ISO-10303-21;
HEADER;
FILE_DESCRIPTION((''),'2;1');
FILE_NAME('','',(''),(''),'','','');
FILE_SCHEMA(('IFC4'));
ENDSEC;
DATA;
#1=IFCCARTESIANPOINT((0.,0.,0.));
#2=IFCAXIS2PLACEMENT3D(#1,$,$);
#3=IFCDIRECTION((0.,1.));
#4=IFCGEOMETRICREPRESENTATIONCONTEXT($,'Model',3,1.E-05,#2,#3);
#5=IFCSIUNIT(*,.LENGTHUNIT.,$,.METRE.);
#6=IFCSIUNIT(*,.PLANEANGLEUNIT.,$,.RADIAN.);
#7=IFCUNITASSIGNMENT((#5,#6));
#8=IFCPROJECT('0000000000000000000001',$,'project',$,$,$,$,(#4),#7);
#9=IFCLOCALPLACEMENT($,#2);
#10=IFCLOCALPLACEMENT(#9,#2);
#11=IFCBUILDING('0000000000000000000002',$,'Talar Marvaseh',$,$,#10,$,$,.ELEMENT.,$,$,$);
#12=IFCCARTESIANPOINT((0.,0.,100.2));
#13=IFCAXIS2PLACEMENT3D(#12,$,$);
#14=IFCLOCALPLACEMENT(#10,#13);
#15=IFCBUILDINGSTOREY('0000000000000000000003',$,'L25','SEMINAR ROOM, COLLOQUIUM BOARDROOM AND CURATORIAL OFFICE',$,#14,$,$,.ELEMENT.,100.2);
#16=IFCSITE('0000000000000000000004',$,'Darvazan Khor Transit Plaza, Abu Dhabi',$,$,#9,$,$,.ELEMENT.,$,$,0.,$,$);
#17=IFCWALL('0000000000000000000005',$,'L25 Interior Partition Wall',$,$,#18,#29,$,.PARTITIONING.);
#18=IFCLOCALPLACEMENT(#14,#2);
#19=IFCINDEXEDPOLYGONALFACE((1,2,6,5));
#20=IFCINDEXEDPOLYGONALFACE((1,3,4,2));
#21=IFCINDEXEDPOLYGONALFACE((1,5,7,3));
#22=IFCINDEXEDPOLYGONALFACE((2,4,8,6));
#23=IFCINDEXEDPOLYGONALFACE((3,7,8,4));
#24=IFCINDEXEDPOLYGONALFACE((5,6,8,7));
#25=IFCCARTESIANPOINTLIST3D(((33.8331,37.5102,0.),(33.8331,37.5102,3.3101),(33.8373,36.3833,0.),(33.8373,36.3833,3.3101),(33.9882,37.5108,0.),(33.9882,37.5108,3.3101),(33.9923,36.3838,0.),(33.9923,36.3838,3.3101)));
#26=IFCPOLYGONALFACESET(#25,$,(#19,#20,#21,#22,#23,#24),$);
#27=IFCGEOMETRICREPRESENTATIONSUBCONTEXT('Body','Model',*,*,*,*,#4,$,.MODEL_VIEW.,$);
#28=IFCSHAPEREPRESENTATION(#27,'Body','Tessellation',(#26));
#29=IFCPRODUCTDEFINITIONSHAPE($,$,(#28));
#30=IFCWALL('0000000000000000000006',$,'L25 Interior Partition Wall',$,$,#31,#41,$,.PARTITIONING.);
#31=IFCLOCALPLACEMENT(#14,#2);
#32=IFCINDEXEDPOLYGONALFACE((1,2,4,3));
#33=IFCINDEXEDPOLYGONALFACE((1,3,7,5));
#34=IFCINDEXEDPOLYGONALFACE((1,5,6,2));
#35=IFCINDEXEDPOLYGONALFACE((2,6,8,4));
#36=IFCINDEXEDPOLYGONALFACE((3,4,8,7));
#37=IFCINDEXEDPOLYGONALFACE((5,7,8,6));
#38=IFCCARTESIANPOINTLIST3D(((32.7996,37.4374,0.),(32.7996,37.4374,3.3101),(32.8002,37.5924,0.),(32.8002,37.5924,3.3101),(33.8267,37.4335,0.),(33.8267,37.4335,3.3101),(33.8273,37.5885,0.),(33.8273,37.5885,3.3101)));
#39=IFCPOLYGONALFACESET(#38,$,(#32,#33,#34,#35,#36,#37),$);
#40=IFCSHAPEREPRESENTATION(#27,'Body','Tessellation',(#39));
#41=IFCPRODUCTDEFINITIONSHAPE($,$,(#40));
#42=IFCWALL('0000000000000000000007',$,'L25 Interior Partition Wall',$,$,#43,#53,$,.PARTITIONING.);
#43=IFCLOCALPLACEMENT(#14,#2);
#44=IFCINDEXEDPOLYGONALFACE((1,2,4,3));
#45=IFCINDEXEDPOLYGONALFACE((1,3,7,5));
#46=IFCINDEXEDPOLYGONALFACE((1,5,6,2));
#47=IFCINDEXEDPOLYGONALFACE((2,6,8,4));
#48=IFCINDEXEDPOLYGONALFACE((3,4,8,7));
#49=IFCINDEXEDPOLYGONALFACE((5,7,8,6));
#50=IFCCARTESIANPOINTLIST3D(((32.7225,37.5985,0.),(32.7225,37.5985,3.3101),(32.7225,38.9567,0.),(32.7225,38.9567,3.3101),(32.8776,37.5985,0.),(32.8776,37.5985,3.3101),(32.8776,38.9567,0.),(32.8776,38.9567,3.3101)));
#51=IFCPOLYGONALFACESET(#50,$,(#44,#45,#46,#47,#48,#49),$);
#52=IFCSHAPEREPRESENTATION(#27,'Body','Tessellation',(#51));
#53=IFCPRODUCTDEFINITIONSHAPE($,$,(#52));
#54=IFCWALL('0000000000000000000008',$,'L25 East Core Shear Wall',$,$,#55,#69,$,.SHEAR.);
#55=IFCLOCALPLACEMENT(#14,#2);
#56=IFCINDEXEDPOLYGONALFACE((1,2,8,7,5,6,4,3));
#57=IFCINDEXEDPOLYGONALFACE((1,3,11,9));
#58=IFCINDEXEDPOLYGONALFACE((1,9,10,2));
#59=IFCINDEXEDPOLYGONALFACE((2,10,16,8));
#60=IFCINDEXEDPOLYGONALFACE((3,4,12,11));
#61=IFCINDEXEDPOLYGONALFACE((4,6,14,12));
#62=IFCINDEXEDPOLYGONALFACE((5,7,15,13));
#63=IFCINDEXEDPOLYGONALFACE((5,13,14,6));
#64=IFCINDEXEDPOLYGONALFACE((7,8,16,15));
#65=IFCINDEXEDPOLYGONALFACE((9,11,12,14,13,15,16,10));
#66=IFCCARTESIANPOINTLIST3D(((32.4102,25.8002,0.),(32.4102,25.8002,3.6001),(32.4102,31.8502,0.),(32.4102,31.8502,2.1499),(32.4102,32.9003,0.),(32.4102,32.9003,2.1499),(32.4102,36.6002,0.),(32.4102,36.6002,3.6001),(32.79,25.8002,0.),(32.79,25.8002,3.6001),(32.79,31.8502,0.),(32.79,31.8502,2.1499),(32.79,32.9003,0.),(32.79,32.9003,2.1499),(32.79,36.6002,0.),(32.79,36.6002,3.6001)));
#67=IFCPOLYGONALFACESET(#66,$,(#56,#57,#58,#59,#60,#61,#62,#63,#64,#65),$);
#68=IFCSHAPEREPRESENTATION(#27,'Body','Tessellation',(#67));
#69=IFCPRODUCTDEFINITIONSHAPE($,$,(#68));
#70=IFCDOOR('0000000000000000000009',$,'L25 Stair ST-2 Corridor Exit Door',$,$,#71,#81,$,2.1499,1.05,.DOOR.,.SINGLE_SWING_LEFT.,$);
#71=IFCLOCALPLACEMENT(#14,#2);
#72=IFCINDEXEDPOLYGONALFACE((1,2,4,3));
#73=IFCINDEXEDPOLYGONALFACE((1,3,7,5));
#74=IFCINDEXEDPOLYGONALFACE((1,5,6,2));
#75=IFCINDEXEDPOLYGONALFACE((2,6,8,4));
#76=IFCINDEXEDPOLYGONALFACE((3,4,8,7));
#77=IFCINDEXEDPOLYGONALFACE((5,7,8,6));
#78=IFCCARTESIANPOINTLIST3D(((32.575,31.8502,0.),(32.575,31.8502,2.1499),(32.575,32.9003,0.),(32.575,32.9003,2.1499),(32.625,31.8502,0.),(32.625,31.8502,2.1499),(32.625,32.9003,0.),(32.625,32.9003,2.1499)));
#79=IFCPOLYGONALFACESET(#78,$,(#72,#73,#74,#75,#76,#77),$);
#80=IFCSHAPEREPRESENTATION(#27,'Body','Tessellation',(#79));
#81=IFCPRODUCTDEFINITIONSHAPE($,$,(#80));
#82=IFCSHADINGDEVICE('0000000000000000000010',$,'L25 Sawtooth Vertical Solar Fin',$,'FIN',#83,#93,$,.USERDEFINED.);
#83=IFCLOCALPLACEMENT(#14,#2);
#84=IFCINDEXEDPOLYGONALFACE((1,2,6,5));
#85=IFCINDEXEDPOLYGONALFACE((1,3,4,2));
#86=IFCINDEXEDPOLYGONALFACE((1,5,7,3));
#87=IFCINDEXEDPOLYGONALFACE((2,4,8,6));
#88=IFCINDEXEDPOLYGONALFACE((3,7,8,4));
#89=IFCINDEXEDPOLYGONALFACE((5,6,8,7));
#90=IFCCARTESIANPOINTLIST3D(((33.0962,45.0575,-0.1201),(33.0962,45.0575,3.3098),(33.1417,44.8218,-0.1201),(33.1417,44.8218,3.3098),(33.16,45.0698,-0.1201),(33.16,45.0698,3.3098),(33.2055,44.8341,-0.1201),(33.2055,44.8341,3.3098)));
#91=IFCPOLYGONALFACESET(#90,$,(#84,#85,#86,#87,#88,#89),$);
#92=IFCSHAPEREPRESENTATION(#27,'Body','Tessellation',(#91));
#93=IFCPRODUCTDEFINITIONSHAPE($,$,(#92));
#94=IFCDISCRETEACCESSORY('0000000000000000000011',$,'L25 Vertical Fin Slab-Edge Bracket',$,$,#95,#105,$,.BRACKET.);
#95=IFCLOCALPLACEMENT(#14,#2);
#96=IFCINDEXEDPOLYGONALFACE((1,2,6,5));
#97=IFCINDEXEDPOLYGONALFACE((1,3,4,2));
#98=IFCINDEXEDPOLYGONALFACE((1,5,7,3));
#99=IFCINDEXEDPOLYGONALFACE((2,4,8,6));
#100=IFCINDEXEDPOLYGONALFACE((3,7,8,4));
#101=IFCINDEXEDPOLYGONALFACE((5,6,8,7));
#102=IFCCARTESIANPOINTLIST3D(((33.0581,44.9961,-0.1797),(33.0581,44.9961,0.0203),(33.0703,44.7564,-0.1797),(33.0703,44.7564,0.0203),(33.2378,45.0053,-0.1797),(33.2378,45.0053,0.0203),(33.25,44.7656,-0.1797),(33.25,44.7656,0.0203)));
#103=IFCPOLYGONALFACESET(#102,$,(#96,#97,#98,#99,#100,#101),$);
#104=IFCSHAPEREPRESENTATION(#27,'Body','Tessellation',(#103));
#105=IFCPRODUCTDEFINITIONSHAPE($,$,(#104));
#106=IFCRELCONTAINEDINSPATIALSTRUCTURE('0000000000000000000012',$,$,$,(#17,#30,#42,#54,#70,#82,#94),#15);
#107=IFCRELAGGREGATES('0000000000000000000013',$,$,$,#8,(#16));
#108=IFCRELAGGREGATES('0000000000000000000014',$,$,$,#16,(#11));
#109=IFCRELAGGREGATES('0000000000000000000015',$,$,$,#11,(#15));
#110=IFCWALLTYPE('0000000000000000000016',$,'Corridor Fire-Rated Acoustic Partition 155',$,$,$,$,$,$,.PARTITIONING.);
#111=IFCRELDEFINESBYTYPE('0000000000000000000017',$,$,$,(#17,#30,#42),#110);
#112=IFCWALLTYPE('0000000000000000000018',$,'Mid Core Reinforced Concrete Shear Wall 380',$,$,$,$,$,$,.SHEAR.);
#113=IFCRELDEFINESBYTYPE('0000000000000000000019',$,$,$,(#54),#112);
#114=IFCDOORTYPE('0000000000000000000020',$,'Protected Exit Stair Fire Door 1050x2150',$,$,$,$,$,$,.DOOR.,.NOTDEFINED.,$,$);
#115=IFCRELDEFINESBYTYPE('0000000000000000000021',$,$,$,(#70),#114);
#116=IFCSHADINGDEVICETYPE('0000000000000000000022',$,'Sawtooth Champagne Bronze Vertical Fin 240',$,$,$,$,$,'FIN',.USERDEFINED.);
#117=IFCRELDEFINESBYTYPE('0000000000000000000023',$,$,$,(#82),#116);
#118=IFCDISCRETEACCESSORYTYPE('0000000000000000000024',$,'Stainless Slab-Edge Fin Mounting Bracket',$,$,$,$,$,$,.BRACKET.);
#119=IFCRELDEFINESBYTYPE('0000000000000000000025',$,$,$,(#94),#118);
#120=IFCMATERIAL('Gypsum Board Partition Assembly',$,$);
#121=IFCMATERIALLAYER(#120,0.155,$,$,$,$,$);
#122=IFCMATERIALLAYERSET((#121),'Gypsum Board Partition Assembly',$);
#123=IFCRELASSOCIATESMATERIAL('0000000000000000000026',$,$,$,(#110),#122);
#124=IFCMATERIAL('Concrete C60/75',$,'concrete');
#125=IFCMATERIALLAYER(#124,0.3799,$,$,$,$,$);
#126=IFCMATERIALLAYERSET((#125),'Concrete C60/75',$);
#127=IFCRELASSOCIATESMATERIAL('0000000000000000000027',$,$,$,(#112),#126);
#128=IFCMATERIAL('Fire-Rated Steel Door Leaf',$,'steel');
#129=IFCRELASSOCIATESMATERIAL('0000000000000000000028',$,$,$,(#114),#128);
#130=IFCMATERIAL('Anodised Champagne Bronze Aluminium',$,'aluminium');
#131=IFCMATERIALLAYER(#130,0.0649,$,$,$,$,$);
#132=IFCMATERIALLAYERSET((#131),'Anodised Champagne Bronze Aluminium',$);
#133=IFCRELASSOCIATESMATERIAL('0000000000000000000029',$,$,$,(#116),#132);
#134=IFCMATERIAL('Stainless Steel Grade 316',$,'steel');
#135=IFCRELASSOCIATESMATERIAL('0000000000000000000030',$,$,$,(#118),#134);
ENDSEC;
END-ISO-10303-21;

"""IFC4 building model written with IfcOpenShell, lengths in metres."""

from ifc_helpers import new_model, si_unit, direction, frame, frame_2d, origin, origin_2d, place, context, subcontext, project, spatial, rectangle, extrude, source, transform, mapped, material, layer, layer_set, type_object, type_shapes, element, fill, save


model = new_model("IFC4")

# Units and contexts
model_context = context("Model", 3, precision=1e-05, world=origin(), true_north=direction((0.0, 1.0)))
body_context = subcontext(model_context, "Body", "Model", "MODEL_VIEW")
ifc_project = project(units=[si_unit("LENGTHUNIT", "METRE"), si_unit("PLANEANGLEUNIT", "RADIAN")], contexts=[model_context])

# Site, building, storey
site_placement = place(None, origin())
site = spatial("IfcSite", under=ifc_project, at=site_placement, Name="Darvazan Khor Transit Plaza, Abu Dhabi", CompositionType="ELEMENT", RefElevation=0.0)
building_placement = place(site_placement, origin())
building = spatial("IfcBuilding", under=site, at=building_placement, Name="Talar Marvaseh", CompositionType="ELEMENT")
storey_placement = place(building_placement, frame((0.0, 0.0, 100.2)))
storey = spatial("IfcBuildingStorey", under=building, at=storey_placement, Name="L25", Description="SEMINAR ROOM, COLLOQUIUM BOARDROOM AND CURATORIAL OFFICE", CompositionType="ELEMENT", Elevation=100.2)

# Shared definitions
ifc_material_1 = material(Name="Concrete C60/75", Category="concrete")

# Shared definitions
ifc_material_2 = material(Name="Gypsum Board Partition Assembly")
ifc_layer_1 = layer(ifc_material_2, 0.155)
ifc_layer_set_1 = layer_set([ifc_layer_1], Name="Gypsum Board Partition Assembly")
wall_type_1 = type_object("IfcWallType", Name="Corridor Fire-Rated Acoustic Partition 155", PredefinedType="PARTITIONING", material=ifc_layer_set_1)

# Walls
wall_1_placement = place(storey_placement, frame((33.9148, 36.3835, 0.0), z_axis=(0.0, 0.0, 1.0), x_axis=(-0.003683, 0.999993, 0.0)))
element("IfcWall", 1, at=wall_1_placement, inside=storey, type_object=wall_type_1, Name="L25 Interior Partition Wall", PredefinedType="PARTITIONING", context=body_context, shape_type="SweptSolid", body=[
    extrude(rectangle(XDim=1.127, YDim=0.155, at=frame_2d((0.5635, 0.0))), origin(), (0.0, 0.0, 1.0), 3.3101),
])
wall_2_placement = place(storey_placement, frame((33.8271, 37.511, 0.0), z_axis=(0.0, 0.0, 1.0), x_axis=(-0.999993, 0.003803, 0.0)))
element("IfcWall", 2, at=wall_2_placement, inside=storey, type_object=wall_type_1, Name="L25 Interior Partition Wall", PredefinedType="PARTITIONING", context=body_context, shape_type="SweptSolid", body=[
    extrude(rectangle(XDim=1.0271, YDim=0.155, at=frame_2d((0.5137, 0.0))), origin(), (0.0, 0.0, 1.0), 3.3101),
])
wall_3_placement = place(storey_placement, frame((32.8, 37.5984, 0.0), z_axis=(0.0, 0.0, 1.0), x_axis=(0.0, 1.0, 0.0)))
element("IfcWall", 3, at=wall_3_placement, inside=storey, type_object=wall_type_1, Name="L25 Interior Partition Wall", PredefinedType="PARTITIONING", context=body_context, shape_type="SweptSolid", body=[
    extrude(rectangle(XDim=1.3582, YDim=0.155, at=frame_2d((0.6792, 0.0))), origin(), (0.0, 0.0, 1.0), 3.3101),
])

# Wall, opening, door
ifc_layer_2 = layer(ifc_material_1, 0.3799)
ifc_layer_set_2 = layer_set([ifc_layer_2], Name="Concrete C60/75")
wall_type_2 = type_object("IfcWallType", Name="Mid Core Reinforced Concrete Shear Wall 380", PredefinedType="SHEAR", material=ifc_layer_set_2)
wall_4_placement = place(storey_placement, frame((32.6001, 36.6001, 0.0), z_axis=(0.0, 0.0, 1.0), x_axis=(0.0, -1.0, 0.0)))
wall_4 = element("IfcWall", 4, at=wall_4_placement, inside=storey, type_object=wall_type_2, Name="L25 East Core Shear Wall", PredefinedType="SHEAR", context=body_context, shape_type="SweptSolid", body=[
    extrude(rectangle(XDim=10.8, YDim=0.3799, at=frame_2d((5.3999, 0.0))), origin(), (0.0, 0.0, 1.0), 3.6001),
])
opening_1_placement = place(wall_4_placement, frame((3.7, 0.0, 0.0)))
opening_1 = element("IfcOpeningElement", 5, at=opening_1_placement, cuts=wall_4, PredefinedType="OPENING", context=body_context, shape_type="SweptSolid", body=[
    extrude(rectangle(XDim=1.05, YDim=2.1499, at=frame_2d((0.5249, 1.075))), frame((0.0, 0.2, 0.0), z_axis=(0.0, -1.0, 0.0), x_axis=(1.0, 0.0, 0.0)), (0.0, 0.0, 1.0), 0.3999),
])
ifc_material_3 = material(Name="Fire-Rated Steel Door Leaf", Category="steel")
door_type_1 = type_object("IfcDoorType", Name="Protected Exit Stair Fire Door 1050x2150", OperationType="NOTDEFINED", PredefinedType="DOOR", material=ifc_material_3)
shared_shape_1 = source(origin(), body_context, "Body", "SweptSolid", [
    extrude(rectangle(XDim=1.05, YDim=2.1499, at=frame_2d((0.5249, 1.075))), frame((0.0, 0.0249, 0.0), z_axis=(0.0, -1.0, 0.0), x_axis=(1.0, 0.0, 0.0)), (0.0, 0.0, 1.0), 0.05),
])
type_shapes(door_type_1, [shared_shape_1])
door_1_placement = place(opening_1_placement, origin())
door_1 = element("IfcDoor", 6, at=door_1_placement, inside=storey, type_object=door_type_1, Name="L25 Stair ST-2 Corridor Exit Door", OperationType="SINGLE_SWING_LEFT", OverallHeight=2.1499, OverallWidth=1.05, PredefinedType="DOOR", context=body_context, shape_type="MappedRepresentation", body=[
    mapped(shared_shape_1, transform((0.0, 0.0, 0.0), x_axis=(1.0, 0.0, 0.0), y_axis=(0.0, 1.0, 0.0), z_axis=(0.0, 0.0, 1.0), scale=1.0)),
])
fill(opening_1, door_1)

# Shading device
ifc_material_4 = material(Name="Anodised Champagne Bronze Aluminium", Category="aluminium")
ifc_layer_3 = layer(ifc_material_4, 0.0649)
ifc_layer_set_3 = layer_set([ifc_layer_3], Name="Anodised Champagne Bronze Aluminium")
shading_device_type = type_object("IfcShadingDeviceType", Name="Sawtooth Champagne Bronze Vertical Fin 240", ElementType="FIN", PredefinedType="USERDEFINED", material=ifc_layer_set_3)
shared_shape_2 = source(origin(), body_context, "Body", "SweptSolid", [
    extrude(rectangle(XDim=0.24, YDim=0.0649, at=origin_2d()), origin(), (0.0, 0.0, 1.0), 3.4299),
])
type_shapes(shading_device_type, [shared_shape_2])
shading_device_placement = place(storey_placement, frame((33.1509, 44.9458, -0.1201), z_axis=(0.0, 0.0, 1.0), x_axis=(-0.18961, 0.98186, 0.0)))
element("IfcShadingDevice", 7, at=shading_device_placement, inside=storey, type_object=shading_device_type, Name="L25 Sawtooth Vertical Solar Fin", ObjectType="FIN", PredefinedType="USERDEFINED", context=body_context, shape_type="MappedRepresentation", body=[
    mapped(shared_shape_2, transform((0.0, 0.0, 0.0), x_axis=(1.0, 0.0, 0.0), y_axis=(0.0, 1.0, 0.0), z_axis=(0.0, 0.0, 1.0), scale=1.0)),
])

# Discrete accessory
ifc_material_5 = material(Name="Stainless Steel Grade 316", Category="steel")
discrete_accessory_type = type_object("IfcDiscreteAccessoryType", Name="Stainless Slab-Edge Fin Mounting Bracket", PredefinedType="BRACKET", material=ifc_material_5)
shared_shape_3 = source(origin(), body_context, "Body", "SweptSolid", [
    extrude(rectangle(XDim=0.24, YDim=0.1799, at=origin_2d()), origin(), (0.0, 0.0, 1.0), 0.2),
])
type_shapes(discrete_accessory_type, [shared_shape_3])
discrete_accessory_placement = place(storey_placement, frame((33.1541, 44.8809, -0.1797), z_axis=(0.0, 0.0, 1.0), x_axis=(-0.051116, 0.998693, 0.0)))
element("IfcDiscreteAccessory", 8, at=discrete_accessory_placement, inside=storey, type_object=discrete_accessory_type, Name="L25 Vertical Fin Slab-Edge Bracket", PredefinedType="BRACKET", context=body_context, shape_type="MappedRepresentation", body=[
    mapped(shared_shape_3, transform((0.0, 0.0, 0.0), x_axis=(1.0, 0.0, 0.0), y_axis=(0.0, 1.0, 0.0), z_axis=(0.0, 0.0, 1.0), scale=1.0)),
])

save(model, "model.ifc")
